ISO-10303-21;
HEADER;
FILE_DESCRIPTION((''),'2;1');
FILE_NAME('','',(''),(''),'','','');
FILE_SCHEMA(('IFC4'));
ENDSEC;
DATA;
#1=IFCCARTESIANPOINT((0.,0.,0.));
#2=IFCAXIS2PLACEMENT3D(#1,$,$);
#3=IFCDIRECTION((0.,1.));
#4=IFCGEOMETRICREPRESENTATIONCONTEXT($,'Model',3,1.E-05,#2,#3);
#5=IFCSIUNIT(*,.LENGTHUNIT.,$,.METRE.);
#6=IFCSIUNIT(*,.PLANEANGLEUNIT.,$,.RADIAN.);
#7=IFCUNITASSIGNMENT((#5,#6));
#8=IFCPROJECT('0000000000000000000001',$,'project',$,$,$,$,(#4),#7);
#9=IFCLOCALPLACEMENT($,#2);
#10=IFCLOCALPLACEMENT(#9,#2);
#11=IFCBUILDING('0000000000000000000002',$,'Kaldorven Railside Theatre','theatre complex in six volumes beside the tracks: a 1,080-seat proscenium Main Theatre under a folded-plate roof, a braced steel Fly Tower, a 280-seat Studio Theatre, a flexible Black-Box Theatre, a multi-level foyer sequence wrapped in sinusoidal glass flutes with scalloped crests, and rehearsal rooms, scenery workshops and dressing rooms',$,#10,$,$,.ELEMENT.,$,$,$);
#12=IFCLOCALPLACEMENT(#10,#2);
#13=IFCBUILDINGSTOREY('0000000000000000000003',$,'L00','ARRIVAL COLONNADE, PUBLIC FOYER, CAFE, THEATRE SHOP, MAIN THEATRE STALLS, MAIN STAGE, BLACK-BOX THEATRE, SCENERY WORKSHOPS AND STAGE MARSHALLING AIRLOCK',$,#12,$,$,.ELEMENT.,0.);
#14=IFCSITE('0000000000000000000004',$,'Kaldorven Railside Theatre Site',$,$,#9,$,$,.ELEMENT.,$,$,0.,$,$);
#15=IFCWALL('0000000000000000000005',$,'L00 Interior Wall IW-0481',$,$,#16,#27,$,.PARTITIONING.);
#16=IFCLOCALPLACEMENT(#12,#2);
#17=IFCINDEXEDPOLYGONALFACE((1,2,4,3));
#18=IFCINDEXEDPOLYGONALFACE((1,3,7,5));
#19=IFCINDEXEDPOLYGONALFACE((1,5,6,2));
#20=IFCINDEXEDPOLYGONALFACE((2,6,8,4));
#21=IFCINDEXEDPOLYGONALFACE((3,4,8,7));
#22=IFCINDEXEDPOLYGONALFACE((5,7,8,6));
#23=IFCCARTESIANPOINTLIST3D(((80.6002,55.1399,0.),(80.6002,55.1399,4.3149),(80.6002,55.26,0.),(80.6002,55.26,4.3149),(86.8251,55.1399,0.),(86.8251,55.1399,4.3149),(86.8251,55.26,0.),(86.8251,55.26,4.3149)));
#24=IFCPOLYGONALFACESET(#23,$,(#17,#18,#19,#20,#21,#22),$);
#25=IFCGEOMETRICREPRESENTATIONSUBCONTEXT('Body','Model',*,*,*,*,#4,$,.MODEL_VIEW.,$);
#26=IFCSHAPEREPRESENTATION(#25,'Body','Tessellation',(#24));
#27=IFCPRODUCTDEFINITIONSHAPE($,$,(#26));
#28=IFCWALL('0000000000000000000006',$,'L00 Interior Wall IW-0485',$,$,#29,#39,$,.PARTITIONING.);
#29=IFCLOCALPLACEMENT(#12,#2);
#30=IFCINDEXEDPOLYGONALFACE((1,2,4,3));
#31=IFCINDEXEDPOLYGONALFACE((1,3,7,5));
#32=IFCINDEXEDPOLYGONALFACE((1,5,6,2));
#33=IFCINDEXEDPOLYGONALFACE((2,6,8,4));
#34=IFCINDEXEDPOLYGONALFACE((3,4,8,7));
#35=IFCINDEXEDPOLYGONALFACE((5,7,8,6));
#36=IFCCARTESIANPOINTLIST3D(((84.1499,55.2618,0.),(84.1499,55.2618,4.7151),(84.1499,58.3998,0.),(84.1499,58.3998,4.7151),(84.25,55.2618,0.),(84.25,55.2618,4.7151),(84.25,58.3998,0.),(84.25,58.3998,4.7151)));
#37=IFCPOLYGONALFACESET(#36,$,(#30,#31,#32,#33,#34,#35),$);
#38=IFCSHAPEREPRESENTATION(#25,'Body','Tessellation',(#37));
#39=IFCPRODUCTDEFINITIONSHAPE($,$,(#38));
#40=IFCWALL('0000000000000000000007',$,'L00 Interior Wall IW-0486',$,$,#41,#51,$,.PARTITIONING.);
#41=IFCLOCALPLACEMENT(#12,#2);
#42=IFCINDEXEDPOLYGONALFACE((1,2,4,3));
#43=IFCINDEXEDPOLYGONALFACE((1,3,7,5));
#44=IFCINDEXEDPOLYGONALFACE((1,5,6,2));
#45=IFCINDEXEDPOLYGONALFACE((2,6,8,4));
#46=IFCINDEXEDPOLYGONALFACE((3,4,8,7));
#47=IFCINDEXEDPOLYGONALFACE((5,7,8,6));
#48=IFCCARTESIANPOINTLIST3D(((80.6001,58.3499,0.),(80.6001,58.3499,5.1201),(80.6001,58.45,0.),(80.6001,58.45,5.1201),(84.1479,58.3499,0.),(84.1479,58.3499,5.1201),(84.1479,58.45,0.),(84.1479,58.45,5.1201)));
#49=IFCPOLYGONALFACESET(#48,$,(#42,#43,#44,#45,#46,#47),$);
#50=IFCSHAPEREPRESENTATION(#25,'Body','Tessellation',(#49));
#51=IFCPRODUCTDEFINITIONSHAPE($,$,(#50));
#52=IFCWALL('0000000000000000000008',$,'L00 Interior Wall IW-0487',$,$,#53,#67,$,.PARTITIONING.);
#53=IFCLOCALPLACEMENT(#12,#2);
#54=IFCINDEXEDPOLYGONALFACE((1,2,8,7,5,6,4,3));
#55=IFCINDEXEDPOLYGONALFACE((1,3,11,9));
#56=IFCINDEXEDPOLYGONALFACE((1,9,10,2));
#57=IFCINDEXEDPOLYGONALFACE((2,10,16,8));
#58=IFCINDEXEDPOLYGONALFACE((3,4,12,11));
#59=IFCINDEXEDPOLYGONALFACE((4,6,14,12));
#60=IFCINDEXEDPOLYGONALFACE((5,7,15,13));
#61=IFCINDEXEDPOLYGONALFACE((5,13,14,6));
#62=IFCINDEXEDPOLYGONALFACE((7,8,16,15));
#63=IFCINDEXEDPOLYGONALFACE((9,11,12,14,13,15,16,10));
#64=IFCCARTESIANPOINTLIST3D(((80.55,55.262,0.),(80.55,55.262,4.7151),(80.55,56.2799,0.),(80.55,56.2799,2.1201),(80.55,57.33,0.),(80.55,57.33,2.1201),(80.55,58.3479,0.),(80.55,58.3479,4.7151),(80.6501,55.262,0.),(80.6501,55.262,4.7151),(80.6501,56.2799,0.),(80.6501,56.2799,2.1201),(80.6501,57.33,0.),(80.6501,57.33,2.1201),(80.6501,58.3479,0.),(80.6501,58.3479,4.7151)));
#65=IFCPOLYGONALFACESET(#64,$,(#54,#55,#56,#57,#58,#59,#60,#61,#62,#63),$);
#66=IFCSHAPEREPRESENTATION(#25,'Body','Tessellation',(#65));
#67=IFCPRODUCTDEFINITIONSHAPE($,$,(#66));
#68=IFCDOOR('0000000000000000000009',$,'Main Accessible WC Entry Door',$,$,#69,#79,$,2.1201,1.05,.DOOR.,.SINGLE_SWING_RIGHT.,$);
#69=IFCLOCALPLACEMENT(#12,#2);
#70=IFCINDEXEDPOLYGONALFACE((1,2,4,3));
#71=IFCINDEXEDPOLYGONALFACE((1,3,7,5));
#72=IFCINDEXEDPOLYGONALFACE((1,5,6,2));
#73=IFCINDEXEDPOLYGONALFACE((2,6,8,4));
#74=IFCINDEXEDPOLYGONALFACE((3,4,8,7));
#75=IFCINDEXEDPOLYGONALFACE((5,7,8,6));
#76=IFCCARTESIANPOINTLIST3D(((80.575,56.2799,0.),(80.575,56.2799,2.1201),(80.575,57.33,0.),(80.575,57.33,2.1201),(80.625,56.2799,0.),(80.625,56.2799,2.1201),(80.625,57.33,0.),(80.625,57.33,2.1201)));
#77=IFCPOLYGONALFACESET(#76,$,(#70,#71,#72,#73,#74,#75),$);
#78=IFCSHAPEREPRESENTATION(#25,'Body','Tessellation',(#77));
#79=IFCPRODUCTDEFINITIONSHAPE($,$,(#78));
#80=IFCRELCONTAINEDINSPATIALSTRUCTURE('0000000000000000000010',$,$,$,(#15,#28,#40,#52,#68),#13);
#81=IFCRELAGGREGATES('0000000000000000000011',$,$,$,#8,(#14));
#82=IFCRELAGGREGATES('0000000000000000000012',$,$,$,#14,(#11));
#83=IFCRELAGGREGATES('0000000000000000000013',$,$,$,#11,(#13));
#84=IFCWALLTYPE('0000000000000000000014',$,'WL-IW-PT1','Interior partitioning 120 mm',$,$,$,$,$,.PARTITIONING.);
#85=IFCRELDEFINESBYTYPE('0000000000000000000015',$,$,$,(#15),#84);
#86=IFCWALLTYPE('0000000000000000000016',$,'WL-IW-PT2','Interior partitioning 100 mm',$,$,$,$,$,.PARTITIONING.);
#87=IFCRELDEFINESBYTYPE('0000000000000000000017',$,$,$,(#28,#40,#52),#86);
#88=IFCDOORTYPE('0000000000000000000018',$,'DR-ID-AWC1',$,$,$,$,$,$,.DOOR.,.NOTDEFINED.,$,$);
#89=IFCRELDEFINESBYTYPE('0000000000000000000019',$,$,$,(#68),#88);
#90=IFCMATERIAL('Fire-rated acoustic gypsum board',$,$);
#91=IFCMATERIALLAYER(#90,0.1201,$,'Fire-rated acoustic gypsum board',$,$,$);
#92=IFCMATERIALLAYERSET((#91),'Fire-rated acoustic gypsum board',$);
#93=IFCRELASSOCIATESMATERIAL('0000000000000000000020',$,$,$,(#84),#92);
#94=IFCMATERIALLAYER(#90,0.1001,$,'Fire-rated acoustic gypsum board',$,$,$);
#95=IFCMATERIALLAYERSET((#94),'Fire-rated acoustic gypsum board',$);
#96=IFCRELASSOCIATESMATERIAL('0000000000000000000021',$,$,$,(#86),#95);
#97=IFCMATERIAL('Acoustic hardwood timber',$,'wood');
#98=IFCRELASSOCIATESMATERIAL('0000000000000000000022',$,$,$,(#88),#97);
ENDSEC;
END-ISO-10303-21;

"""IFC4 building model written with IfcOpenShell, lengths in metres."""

from ifc_helpers import new_model, si_unit, direction, frame, frame_2d, origin, place, context, subcontext, project, spatial, rectangle, extrude, material, layer, layer_set, type_object, element, fill, save


model = new_model("IFC4")

# Units and contexts
model_context = context("Model", 3, precision=1e-05, world=origin(), true_north=direction((0.0, 1.0)))
body_context = subcontext(model_context, "Body", "Model", "MODEL_VIEW")
ifc_project = project(units=[si_unit("LENGTHUNIT", "METRE"), si_unit("PLANEANGLEUNIT", "RADIAN")], contexts=[model_context])

# Site, building, storey
site_placement = place(None, origin())
site = spatial("IfcSite", under=ifc_project, at=site_placement, Name="Kaldorven Railside Theatre Site", CompositionType="ELEMENT", RefElevation=0.0)
building_placement = place(site_placement, origin())
building = spatial("IfcBuilding", under=site, at=building_placement, Name="Kaldorven Railside Theatre", Description="theatre complex in six volumes beside the tracks: a 1,080-seat proscenium Main Theatre under a folded-plate roof, a braced steel Fly Tower, a 280-seat Studio Theatre, a flexible Black-Box Theatre, a multi-level foyer sequence wrapped in sinusoidal glass flutes with scalloped crests, and rehearsal rooms, scenery workshops and dressing rooms", CompositionType="ELEMENT")
storey_placement = place(building_placement, origin())
storey = spatial("IfcBuildingStorey", under=building, at=storey_placement, Name="L00", Description="ARRIVAL COLONNADE, PUBLIC FOYER, CAFE, THEATRE SHOP, MAIN THEATRE STALLS, MAIN STAGE, BLACK-BOX THEATRE, SCENERY WORKSHOPS AND STAGE MARSHALLING AIRLOCK", CompositionType="ELEMENT", Elevation=0.0)

# Shared definitions
ifc_material_1 = material(Name="Acoustic hardwood timber", Category="wood")

# Walls
ifc_material_2 = material(Name="Fire-rated acoustic gypsum board")
ifc_layer_1 = layer(ifc_material_2, 0.1201, Name="Fire-rated acoustic gypsum board")
ifc_layer_set_1 = layer_set([ifc_layer_1], Name="Fire-rated acoustic gypsum board")
wall_type_1 = type_object("IfcWallType", Name="WL-IW-PT1", Description="Interior partitioning 120 mm", PredefinedType="PARTITIONING", material=ifc_layer_set_1)
wall_1_placement = place(storey_placement, frame((86.825, 55.2, 0.0), z_axis=(0.0, 0.0, 1.0), x_axis=(-1.0, 0.0, 0.0)))
element("IfcWall", 1, at=wall_1_placement, inside=storey, type_object=wall_type_1, Name="L00 Interior Wall IW-0481", PredefinedType="PARTITIONING", context=body_context, shape_type="SweptSolid", body=[
    extrude(rectangle(XDim=6.2249, YDim=0.1201, at=frame_2d((3.1123, 0.0))), origin(), (0.0, 0.0, 1.0), 4.3149),
])
ifc_layer_2 = layer(ifc_material_2, 0.1001, Name="Fire-rated acoustic gypsum board")
ifc_layer_set_2 = layer_set([ifc_layer_2], Name="Fire-rated acoustic gypsum board")
wall_type_2 = type_object("IfcWallType", Name="WL-IW-PT2", Description="Interior partitioning 100 mm", PredefinedType="PARTITIONING", material=ifc_layer_set_2)
wall_2_placement = place(storey_placement, frame((84.2, 55.262, 0.0), z_axis=(0.0, 0.0, 1.0), x_axis=(0.0, 1.0, 0.0)))
element("IfcWall", 2, at=wall_2_placement, inside=storey, type_object=wall_type_2, Name="L00 Interior Wall IW-0485", PredefinedType="PARTITIONING", context=body_context, shape_type="SweptSolid", body=[
    extrude(rectangle(XDim=3.1379, YDim=0.1001, at=frame_2d((1.5688, 0.0))), origin(), (0.0, 0.0, 1.0), 4.7151),
])
wall_3_placement = place(storey_placement, frame((84.1479, 58.3999, 0.0), z_axis=(0.0, 0.0, 1.0), x_axis=(-1.0, 0.0, 0.0)))
element("IfcWall", 3, at=wall_3_placement, inside=storey, type_object=wall_type_2, Name="L00 Interior Wall IW-0486", PredefinedType="PARTITIONING", context=body_context, shape_type="SweptSolid", body=[
    extrude(rectangle(XDim=3.5479, YDim=0.1001, at=frame_2d((1.7739, 0.0))), origin(), (0.0, 0.0, 1.0), 5.1201),
])

# Wall, opening, door
wall_4_placement = place(storey_placement, frame((80.6001, 58.3479, 0.0), z_axis=(0.0, 0.0, 1.0), x_axis=(0.0, -1.0, 0.0)))
wall_4 = element("IfcWall", 4, at=wall_4_placement, inside=storey, type_object=wall_type_2, Name="L00 Interior Wall IW-0487", PredefinedType="PARTITIONING", context=body_context, shape_type="SweptSolid", body=[
    extrude(rectangle(XDim=3.0859, YDim=0.1001, at=frame_2d((1.543, 0.0))), origin(), (0.0, 0.0, 1.0), 4.7151),
])
opening_1_placement = place(wall_4_placement, frame((1.0181, 0.0, 0.0)))
opening_1 = element("IfcOpeningElement", 5, at=opening_1_placement, cuts=wall_4, PredefinedType="OPENING", context=body_context, shape_type="SweptSolid", body=[
    extrude(rectangle(XDim=1.05, YDim=2.1201, at=frame_2d((0.5249, 1.0601))), frame((0.0, 0.0601, 0.0), z_axis=(0.0, -1.0, 0.0), x_axis=(1.0, 0.0, 0.0)), (0.0, 0.0, 1.0), 0.1201),
])
door_type_1 = type_object("IfcDoorType", Name="DR-ID-AWC1", OperationType="NOTDEFINED", PredefinedType="DOOR", material=ifc_material_1)
door_1_placement = place(opening_1_placement, origin())
door_1 = element("IfcDoor", 6, at=door_1_placement, inside=storey, type_object=door_type_1, Name="Main Accessible WC Entry Door", OperationType="SINGLE_SWING_RIGHT", OverallHeight=2.1201, OverallWidth=1.05, PredefinedType="DOOR", context=body_context, shape_type="SweptSolid", body=[
    extrude(rectangle(XDim=1.05, YDim=2.1201, at=frame_2d((0.5249, 1.0601))), frame((0.0, 0.0249, 0.0), z_axis=(0.0, -1.0, 0.0), x_axis=(1.0, 0.0, 0.0)), (0.0, 0.0, 1.0), 0.05),
])
fill(opening_1, door_1)

save(model, "model.ifc")
